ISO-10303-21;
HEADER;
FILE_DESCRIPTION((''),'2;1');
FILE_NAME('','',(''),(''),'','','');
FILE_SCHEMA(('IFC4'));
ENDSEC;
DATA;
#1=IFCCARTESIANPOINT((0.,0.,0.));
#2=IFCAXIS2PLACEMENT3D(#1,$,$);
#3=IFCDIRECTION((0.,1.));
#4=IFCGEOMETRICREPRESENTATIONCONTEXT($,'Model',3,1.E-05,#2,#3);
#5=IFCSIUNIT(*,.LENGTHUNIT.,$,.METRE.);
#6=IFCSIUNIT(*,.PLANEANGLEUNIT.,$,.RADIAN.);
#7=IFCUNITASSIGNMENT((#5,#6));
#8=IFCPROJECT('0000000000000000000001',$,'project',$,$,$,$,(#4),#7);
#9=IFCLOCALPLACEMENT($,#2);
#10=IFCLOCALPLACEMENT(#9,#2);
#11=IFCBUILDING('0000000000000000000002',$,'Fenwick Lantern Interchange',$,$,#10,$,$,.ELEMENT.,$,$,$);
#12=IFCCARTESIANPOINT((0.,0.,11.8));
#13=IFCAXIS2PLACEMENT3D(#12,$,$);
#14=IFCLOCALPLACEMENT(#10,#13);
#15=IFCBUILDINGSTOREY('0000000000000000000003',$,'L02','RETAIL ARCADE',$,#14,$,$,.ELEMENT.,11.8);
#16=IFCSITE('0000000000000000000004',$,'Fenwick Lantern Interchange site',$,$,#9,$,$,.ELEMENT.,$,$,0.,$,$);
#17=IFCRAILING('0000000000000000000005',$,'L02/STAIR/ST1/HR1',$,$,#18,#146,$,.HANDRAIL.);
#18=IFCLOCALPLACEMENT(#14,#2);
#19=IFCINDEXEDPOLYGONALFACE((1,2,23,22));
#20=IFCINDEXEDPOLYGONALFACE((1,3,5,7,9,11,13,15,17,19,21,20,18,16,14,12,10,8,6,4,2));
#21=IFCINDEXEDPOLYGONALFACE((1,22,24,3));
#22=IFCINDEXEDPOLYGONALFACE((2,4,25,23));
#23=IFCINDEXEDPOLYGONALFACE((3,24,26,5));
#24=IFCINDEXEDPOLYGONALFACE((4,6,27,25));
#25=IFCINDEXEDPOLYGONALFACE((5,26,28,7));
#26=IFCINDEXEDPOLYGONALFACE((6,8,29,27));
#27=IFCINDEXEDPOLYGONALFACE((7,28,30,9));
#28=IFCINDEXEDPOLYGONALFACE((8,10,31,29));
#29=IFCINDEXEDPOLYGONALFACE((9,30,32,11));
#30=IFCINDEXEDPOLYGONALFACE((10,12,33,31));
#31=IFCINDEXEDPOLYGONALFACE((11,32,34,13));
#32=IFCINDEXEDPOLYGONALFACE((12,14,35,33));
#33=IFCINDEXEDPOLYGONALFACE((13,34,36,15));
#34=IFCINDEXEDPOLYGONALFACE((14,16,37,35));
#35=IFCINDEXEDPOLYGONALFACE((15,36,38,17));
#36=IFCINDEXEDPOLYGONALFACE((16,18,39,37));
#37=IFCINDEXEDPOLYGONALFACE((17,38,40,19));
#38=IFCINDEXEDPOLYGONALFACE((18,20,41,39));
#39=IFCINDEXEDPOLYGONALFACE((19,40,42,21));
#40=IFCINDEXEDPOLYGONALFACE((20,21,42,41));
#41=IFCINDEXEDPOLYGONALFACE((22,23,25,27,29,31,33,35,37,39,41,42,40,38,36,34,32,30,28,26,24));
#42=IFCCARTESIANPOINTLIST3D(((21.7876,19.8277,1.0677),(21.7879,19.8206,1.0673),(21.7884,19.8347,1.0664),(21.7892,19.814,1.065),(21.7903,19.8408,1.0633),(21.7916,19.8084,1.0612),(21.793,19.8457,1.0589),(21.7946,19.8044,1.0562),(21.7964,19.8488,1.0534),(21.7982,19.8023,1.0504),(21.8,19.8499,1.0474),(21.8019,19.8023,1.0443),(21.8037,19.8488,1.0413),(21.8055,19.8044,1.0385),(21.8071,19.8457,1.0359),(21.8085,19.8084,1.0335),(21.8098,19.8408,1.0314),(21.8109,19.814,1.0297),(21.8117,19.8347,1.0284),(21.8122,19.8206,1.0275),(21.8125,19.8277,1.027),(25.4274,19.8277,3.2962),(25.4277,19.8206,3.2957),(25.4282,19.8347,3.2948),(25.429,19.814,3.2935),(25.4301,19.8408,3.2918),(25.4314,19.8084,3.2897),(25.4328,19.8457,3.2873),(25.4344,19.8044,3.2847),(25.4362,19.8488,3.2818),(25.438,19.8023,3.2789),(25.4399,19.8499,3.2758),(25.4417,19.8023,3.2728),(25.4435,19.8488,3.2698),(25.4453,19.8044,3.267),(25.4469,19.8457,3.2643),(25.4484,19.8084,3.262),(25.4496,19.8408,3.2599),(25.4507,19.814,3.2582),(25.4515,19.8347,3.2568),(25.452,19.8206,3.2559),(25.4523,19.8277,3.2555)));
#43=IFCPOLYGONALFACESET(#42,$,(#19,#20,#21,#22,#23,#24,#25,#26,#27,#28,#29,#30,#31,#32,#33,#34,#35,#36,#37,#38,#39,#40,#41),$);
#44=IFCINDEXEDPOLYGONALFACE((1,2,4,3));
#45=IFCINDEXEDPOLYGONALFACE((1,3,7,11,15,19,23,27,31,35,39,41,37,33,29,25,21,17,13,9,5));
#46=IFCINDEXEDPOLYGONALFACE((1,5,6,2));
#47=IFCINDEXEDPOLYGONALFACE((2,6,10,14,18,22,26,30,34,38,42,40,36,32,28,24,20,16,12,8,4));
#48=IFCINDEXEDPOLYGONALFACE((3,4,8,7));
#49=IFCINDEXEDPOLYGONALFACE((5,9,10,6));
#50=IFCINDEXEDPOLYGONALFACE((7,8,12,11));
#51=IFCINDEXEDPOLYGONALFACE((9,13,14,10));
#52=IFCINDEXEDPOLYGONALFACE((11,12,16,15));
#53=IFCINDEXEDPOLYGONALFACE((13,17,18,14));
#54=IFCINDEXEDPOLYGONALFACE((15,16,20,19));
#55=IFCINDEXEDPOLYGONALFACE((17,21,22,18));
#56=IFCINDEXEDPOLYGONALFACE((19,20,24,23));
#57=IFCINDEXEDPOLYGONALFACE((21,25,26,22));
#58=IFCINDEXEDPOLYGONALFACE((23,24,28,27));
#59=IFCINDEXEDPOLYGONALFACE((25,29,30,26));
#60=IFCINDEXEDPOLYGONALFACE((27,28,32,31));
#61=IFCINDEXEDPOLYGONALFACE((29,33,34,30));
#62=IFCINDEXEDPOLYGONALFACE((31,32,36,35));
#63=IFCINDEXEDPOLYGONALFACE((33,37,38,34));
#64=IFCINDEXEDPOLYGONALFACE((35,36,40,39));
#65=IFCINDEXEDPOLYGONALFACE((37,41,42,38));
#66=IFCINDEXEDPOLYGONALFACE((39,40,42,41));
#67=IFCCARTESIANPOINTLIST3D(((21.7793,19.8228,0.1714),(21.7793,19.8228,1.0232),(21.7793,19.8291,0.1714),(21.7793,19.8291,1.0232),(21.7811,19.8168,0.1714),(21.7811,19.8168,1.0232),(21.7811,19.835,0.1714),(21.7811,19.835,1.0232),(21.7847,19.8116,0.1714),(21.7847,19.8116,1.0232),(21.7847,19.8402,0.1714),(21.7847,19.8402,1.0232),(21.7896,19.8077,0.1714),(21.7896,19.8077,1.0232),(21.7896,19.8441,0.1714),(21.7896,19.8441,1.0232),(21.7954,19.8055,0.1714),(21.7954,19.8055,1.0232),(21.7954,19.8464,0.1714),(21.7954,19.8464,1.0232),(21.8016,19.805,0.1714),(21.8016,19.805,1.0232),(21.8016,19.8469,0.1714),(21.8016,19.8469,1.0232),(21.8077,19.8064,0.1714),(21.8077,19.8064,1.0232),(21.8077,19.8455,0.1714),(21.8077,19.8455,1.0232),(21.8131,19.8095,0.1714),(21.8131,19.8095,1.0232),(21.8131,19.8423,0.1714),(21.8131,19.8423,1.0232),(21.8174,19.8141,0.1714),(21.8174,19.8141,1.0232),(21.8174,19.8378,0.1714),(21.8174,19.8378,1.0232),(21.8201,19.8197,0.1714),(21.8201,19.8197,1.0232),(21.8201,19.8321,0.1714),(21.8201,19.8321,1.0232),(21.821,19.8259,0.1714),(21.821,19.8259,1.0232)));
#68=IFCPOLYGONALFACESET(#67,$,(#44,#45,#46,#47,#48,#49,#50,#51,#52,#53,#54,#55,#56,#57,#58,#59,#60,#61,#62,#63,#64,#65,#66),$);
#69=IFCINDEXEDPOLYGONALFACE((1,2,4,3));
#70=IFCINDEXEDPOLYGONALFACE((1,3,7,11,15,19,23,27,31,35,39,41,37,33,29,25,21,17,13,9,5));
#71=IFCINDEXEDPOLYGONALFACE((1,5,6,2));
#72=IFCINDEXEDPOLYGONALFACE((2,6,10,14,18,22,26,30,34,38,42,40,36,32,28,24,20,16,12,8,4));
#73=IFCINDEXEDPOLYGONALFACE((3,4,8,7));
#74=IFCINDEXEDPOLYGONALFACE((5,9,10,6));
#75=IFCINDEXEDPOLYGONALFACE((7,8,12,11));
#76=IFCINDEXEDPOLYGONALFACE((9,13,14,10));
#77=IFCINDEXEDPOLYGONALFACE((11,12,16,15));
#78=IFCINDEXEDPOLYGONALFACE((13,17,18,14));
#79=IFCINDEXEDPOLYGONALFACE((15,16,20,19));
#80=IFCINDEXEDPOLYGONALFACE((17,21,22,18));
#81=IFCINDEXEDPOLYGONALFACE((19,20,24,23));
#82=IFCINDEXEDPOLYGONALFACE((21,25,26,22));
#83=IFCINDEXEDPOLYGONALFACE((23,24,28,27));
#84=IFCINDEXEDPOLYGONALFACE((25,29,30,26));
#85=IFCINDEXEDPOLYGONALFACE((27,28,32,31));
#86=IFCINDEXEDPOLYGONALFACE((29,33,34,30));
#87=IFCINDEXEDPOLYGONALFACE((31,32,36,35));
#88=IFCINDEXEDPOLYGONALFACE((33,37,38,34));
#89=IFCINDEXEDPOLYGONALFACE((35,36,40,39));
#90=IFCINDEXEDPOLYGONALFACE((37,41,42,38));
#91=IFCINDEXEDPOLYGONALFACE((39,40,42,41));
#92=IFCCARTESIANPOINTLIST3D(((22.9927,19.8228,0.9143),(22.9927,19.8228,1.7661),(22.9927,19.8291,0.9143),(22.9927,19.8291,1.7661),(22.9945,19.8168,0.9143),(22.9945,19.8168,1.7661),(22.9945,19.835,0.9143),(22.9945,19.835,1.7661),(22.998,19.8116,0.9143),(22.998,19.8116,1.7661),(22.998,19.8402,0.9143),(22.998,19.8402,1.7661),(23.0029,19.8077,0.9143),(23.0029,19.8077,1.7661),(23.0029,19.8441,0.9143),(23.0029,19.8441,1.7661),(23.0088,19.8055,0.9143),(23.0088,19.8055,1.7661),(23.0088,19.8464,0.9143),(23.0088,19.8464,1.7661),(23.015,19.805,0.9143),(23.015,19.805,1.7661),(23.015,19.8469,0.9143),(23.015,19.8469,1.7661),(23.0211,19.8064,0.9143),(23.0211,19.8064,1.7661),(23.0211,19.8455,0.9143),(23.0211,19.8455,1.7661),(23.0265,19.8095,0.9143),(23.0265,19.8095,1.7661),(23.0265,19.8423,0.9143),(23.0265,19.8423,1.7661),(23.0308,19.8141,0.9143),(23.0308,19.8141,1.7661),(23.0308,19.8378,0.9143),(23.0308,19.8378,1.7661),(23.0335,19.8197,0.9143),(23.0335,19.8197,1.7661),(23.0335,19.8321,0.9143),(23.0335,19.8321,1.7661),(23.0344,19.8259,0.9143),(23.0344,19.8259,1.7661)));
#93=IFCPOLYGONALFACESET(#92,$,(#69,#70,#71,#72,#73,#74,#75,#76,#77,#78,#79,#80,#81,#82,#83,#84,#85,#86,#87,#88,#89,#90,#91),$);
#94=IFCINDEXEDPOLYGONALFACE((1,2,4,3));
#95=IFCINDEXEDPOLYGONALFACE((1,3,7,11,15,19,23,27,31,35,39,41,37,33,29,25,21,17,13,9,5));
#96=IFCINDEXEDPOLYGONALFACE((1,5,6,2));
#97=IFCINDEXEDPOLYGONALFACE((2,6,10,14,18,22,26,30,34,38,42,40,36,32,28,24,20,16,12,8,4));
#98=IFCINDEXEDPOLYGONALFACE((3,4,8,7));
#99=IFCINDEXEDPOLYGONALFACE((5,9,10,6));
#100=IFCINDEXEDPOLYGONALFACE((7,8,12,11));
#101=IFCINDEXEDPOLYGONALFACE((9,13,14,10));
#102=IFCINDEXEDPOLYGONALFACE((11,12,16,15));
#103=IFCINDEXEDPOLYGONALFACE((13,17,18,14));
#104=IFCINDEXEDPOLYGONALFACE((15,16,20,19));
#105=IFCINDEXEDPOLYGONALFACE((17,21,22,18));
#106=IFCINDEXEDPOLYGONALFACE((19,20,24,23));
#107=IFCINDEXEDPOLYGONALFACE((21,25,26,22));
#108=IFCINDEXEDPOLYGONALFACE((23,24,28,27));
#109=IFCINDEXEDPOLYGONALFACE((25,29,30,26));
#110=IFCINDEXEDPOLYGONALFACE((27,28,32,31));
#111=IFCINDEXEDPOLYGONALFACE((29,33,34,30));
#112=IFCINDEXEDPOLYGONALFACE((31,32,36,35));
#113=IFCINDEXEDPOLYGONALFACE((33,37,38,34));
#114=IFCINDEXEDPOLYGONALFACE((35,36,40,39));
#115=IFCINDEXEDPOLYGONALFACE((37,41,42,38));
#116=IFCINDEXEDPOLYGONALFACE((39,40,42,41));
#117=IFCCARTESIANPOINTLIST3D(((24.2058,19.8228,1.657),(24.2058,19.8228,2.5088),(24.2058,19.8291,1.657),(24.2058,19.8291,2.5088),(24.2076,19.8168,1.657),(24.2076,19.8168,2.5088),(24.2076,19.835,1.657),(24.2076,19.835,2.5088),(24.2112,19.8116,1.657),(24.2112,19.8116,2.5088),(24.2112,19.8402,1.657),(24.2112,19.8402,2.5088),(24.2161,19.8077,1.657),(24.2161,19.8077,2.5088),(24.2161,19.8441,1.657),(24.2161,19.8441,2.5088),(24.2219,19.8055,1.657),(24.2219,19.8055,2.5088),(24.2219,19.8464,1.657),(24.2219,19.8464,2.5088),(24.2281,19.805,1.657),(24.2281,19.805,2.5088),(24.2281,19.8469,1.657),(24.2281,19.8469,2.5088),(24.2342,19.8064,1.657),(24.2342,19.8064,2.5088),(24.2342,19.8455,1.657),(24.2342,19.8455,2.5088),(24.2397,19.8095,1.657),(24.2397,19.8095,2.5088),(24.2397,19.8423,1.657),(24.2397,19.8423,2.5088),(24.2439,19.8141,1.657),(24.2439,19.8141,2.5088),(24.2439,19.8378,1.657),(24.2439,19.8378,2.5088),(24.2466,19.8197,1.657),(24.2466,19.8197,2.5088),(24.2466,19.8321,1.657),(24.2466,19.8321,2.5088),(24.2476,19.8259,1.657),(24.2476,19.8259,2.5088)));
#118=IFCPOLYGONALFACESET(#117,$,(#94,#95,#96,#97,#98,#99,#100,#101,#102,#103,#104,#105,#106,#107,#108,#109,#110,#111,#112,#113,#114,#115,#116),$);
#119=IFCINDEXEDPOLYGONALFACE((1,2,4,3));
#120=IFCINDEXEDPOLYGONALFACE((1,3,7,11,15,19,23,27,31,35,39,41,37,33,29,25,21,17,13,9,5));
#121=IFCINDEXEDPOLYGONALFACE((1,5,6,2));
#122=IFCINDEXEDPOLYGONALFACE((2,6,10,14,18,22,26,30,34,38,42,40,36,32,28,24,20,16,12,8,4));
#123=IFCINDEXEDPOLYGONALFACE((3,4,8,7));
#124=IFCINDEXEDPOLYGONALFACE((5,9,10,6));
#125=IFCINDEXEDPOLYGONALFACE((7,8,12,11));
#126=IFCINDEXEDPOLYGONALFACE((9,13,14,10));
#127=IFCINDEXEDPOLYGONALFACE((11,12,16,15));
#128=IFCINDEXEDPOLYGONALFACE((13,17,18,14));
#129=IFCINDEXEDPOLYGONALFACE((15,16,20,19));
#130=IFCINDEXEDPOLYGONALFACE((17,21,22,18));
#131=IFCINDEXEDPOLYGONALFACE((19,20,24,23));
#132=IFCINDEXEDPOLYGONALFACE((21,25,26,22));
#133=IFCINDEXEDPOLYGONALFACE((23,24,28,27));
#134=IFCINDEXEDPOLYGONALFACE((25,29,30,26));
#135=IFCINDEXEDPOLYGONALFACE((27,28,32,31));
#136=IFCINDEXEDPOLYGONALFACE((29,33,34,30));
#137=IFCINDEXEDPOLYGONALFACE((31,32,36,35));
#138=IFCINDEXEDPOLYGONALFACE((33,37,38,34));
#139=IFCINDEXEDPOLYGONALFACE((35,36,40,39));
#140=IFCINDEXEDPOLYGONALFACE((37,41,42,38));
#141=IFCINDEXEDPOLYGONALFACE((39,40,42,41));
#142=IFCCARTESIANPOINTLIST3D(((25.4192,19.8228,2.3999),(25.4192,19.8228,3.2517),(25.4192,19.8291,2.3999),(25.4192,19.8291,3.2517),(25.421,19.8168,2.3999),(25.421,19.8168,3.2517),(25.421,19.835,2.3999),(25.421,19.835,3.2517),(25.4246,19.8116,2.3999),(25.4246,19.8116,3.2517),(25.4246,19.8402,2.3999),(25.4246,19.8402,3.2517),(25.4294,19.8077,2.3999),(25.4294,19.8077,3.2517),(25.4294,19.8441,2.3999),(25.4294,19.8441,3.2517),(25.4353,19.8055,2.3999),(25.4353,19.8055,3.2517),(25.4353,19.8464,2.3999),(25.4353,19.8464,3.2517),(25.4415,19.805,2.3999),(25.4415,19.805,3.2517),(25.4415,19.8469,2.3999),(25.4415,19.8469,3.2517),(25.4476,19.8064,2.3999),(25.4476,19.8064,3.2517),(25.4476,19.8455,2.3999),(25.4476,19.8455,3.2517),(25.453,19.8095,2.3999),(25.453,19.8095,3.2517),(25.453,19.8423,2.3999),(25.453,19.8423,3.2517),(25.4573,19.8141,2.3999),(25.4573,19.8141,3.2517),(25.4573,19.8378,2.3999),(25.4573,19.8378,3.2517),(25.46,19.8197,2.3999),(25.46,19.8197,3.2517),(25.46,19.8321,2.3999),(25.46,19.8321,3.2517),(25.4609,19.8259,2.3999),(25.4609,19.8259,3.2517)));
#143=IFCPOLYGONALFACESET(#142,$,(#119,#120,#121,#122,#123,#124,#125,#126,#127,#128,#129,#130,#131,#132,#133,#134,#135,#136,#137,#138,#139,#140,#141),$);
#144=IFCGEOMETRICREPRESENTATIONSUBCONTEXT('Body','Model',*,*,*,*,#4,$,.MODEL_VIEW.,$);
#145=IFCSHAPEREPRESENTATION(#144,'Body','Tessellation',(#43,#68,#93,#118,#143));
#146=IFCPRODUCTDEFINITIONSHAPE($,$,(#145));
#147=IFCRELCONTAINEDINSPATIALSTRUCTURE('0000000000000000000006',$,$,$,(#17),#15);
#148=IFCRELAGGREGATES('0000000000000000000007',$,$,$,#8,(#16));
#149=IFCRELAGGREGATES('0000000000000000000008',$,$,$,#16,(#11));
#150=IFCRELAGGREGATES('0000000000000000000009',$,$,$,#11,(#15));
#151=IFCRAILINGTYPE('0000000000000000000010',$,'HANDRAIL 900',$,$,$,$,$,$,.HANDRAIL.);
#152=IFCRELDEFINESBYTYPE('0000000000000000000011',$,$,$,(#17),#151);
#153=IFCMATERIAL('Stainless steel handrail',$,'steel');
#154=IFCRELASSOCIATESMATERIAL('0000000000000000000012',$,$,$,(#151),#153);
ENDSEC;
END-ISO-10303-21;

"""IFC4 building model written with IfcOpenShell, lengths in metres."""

from ifc_helpers import new_model, si_unit, direction, frame, origin, origin_2d, place, context, subcontext, project, spatial, circle, extrude, material, type_object, element, save


model = new_model("IFC4")

# Units and contexts
model_context = context("Model", 3, precision=1e-05, world=origin(), true_north=direction((0.0, 1.0)))
body_context = subcontext(model_context, "Body", "Model", "MODEL_VIEW")
ifc_project = project(units=[si_unit("LENGTHUNIT", "METRE"), si_unit("PLANEANGLEUNIT", "RADIAN")], contexts=[model_context])

# Site, building, storey
site_placement = place(None, origin())
site = spatial("IfcSite", under=ifc_project, at=site_placement, Name="Fenwick Lantern Interchange site", CompositionType="ELEMENT", RefElevation=0.0)
building_placement = place(site_placement, origin())
building = spatial("IfcBuilding", under=site, at=building_placement, Name="Fenwick Lantern Interchange", CompositionType="ELEMENT")
storey_placement = place(building_placement, frame((0.0, 0.0, 11.8)))
storey = spatial("IfcBuildingStorey", under=building, at=storey_placement, Name="L02", Description="RETAIL ARCADE", CompositionType="ELEMENT", Elevation=11.8)

# Railing
ifc_material_1 = material(Name="Stainless steel handrail", Category="steel")
railing_type = type_object("IfcRailingType", Name="HANDRAIL 900", PredefinedType="HANDRAIL", material=ifc_material_1)
railing_1_placement = place(storey_placement, frame((21.8, 19.8259, 0.1714)))
element("IfcRailing", 1, at=railing_1_placement, inside=storey, type_object=railing_type, Name="L02/STAIR/ST1/HR1", PredefinedType="HANDRAIL", context=body_context, shape_type="SweptSolid", body=[
    extrude(circle(Radius=0.0239, at=origin_2d()), frame((0.0, 0.0, 0.876), z_axis=(0.85285, 0.0, 0.522156), x_axis=(0.0, 1.0, 0.0)), (0.0, 0.0, 1.0), 4.2678),
    extrude(circle(Radius=0.021, at=origin_2d()), origin(), (0.0, 0.0, 1.0), 0.8518),
    extrude(circle(Radius=0.021, at=origin_2d()), frame((1.2134, 0.0, 0.7429)), (0.0, 0.0, 1.0), 0.8518),
    extrude(circle(Radius=0.021, at=origin_2d()), frame((2.4265, 0.0, 1.4856)), (0.0, 0.0, 1.0), 0.8518),
    extrude(circle(Radius=0.021, at=origin_2d()), frame((3.6399, 0.0, 2.2285)), (0.0, 0.0, 1.0), 0.8518),
])

save(model, "model.ifc")
